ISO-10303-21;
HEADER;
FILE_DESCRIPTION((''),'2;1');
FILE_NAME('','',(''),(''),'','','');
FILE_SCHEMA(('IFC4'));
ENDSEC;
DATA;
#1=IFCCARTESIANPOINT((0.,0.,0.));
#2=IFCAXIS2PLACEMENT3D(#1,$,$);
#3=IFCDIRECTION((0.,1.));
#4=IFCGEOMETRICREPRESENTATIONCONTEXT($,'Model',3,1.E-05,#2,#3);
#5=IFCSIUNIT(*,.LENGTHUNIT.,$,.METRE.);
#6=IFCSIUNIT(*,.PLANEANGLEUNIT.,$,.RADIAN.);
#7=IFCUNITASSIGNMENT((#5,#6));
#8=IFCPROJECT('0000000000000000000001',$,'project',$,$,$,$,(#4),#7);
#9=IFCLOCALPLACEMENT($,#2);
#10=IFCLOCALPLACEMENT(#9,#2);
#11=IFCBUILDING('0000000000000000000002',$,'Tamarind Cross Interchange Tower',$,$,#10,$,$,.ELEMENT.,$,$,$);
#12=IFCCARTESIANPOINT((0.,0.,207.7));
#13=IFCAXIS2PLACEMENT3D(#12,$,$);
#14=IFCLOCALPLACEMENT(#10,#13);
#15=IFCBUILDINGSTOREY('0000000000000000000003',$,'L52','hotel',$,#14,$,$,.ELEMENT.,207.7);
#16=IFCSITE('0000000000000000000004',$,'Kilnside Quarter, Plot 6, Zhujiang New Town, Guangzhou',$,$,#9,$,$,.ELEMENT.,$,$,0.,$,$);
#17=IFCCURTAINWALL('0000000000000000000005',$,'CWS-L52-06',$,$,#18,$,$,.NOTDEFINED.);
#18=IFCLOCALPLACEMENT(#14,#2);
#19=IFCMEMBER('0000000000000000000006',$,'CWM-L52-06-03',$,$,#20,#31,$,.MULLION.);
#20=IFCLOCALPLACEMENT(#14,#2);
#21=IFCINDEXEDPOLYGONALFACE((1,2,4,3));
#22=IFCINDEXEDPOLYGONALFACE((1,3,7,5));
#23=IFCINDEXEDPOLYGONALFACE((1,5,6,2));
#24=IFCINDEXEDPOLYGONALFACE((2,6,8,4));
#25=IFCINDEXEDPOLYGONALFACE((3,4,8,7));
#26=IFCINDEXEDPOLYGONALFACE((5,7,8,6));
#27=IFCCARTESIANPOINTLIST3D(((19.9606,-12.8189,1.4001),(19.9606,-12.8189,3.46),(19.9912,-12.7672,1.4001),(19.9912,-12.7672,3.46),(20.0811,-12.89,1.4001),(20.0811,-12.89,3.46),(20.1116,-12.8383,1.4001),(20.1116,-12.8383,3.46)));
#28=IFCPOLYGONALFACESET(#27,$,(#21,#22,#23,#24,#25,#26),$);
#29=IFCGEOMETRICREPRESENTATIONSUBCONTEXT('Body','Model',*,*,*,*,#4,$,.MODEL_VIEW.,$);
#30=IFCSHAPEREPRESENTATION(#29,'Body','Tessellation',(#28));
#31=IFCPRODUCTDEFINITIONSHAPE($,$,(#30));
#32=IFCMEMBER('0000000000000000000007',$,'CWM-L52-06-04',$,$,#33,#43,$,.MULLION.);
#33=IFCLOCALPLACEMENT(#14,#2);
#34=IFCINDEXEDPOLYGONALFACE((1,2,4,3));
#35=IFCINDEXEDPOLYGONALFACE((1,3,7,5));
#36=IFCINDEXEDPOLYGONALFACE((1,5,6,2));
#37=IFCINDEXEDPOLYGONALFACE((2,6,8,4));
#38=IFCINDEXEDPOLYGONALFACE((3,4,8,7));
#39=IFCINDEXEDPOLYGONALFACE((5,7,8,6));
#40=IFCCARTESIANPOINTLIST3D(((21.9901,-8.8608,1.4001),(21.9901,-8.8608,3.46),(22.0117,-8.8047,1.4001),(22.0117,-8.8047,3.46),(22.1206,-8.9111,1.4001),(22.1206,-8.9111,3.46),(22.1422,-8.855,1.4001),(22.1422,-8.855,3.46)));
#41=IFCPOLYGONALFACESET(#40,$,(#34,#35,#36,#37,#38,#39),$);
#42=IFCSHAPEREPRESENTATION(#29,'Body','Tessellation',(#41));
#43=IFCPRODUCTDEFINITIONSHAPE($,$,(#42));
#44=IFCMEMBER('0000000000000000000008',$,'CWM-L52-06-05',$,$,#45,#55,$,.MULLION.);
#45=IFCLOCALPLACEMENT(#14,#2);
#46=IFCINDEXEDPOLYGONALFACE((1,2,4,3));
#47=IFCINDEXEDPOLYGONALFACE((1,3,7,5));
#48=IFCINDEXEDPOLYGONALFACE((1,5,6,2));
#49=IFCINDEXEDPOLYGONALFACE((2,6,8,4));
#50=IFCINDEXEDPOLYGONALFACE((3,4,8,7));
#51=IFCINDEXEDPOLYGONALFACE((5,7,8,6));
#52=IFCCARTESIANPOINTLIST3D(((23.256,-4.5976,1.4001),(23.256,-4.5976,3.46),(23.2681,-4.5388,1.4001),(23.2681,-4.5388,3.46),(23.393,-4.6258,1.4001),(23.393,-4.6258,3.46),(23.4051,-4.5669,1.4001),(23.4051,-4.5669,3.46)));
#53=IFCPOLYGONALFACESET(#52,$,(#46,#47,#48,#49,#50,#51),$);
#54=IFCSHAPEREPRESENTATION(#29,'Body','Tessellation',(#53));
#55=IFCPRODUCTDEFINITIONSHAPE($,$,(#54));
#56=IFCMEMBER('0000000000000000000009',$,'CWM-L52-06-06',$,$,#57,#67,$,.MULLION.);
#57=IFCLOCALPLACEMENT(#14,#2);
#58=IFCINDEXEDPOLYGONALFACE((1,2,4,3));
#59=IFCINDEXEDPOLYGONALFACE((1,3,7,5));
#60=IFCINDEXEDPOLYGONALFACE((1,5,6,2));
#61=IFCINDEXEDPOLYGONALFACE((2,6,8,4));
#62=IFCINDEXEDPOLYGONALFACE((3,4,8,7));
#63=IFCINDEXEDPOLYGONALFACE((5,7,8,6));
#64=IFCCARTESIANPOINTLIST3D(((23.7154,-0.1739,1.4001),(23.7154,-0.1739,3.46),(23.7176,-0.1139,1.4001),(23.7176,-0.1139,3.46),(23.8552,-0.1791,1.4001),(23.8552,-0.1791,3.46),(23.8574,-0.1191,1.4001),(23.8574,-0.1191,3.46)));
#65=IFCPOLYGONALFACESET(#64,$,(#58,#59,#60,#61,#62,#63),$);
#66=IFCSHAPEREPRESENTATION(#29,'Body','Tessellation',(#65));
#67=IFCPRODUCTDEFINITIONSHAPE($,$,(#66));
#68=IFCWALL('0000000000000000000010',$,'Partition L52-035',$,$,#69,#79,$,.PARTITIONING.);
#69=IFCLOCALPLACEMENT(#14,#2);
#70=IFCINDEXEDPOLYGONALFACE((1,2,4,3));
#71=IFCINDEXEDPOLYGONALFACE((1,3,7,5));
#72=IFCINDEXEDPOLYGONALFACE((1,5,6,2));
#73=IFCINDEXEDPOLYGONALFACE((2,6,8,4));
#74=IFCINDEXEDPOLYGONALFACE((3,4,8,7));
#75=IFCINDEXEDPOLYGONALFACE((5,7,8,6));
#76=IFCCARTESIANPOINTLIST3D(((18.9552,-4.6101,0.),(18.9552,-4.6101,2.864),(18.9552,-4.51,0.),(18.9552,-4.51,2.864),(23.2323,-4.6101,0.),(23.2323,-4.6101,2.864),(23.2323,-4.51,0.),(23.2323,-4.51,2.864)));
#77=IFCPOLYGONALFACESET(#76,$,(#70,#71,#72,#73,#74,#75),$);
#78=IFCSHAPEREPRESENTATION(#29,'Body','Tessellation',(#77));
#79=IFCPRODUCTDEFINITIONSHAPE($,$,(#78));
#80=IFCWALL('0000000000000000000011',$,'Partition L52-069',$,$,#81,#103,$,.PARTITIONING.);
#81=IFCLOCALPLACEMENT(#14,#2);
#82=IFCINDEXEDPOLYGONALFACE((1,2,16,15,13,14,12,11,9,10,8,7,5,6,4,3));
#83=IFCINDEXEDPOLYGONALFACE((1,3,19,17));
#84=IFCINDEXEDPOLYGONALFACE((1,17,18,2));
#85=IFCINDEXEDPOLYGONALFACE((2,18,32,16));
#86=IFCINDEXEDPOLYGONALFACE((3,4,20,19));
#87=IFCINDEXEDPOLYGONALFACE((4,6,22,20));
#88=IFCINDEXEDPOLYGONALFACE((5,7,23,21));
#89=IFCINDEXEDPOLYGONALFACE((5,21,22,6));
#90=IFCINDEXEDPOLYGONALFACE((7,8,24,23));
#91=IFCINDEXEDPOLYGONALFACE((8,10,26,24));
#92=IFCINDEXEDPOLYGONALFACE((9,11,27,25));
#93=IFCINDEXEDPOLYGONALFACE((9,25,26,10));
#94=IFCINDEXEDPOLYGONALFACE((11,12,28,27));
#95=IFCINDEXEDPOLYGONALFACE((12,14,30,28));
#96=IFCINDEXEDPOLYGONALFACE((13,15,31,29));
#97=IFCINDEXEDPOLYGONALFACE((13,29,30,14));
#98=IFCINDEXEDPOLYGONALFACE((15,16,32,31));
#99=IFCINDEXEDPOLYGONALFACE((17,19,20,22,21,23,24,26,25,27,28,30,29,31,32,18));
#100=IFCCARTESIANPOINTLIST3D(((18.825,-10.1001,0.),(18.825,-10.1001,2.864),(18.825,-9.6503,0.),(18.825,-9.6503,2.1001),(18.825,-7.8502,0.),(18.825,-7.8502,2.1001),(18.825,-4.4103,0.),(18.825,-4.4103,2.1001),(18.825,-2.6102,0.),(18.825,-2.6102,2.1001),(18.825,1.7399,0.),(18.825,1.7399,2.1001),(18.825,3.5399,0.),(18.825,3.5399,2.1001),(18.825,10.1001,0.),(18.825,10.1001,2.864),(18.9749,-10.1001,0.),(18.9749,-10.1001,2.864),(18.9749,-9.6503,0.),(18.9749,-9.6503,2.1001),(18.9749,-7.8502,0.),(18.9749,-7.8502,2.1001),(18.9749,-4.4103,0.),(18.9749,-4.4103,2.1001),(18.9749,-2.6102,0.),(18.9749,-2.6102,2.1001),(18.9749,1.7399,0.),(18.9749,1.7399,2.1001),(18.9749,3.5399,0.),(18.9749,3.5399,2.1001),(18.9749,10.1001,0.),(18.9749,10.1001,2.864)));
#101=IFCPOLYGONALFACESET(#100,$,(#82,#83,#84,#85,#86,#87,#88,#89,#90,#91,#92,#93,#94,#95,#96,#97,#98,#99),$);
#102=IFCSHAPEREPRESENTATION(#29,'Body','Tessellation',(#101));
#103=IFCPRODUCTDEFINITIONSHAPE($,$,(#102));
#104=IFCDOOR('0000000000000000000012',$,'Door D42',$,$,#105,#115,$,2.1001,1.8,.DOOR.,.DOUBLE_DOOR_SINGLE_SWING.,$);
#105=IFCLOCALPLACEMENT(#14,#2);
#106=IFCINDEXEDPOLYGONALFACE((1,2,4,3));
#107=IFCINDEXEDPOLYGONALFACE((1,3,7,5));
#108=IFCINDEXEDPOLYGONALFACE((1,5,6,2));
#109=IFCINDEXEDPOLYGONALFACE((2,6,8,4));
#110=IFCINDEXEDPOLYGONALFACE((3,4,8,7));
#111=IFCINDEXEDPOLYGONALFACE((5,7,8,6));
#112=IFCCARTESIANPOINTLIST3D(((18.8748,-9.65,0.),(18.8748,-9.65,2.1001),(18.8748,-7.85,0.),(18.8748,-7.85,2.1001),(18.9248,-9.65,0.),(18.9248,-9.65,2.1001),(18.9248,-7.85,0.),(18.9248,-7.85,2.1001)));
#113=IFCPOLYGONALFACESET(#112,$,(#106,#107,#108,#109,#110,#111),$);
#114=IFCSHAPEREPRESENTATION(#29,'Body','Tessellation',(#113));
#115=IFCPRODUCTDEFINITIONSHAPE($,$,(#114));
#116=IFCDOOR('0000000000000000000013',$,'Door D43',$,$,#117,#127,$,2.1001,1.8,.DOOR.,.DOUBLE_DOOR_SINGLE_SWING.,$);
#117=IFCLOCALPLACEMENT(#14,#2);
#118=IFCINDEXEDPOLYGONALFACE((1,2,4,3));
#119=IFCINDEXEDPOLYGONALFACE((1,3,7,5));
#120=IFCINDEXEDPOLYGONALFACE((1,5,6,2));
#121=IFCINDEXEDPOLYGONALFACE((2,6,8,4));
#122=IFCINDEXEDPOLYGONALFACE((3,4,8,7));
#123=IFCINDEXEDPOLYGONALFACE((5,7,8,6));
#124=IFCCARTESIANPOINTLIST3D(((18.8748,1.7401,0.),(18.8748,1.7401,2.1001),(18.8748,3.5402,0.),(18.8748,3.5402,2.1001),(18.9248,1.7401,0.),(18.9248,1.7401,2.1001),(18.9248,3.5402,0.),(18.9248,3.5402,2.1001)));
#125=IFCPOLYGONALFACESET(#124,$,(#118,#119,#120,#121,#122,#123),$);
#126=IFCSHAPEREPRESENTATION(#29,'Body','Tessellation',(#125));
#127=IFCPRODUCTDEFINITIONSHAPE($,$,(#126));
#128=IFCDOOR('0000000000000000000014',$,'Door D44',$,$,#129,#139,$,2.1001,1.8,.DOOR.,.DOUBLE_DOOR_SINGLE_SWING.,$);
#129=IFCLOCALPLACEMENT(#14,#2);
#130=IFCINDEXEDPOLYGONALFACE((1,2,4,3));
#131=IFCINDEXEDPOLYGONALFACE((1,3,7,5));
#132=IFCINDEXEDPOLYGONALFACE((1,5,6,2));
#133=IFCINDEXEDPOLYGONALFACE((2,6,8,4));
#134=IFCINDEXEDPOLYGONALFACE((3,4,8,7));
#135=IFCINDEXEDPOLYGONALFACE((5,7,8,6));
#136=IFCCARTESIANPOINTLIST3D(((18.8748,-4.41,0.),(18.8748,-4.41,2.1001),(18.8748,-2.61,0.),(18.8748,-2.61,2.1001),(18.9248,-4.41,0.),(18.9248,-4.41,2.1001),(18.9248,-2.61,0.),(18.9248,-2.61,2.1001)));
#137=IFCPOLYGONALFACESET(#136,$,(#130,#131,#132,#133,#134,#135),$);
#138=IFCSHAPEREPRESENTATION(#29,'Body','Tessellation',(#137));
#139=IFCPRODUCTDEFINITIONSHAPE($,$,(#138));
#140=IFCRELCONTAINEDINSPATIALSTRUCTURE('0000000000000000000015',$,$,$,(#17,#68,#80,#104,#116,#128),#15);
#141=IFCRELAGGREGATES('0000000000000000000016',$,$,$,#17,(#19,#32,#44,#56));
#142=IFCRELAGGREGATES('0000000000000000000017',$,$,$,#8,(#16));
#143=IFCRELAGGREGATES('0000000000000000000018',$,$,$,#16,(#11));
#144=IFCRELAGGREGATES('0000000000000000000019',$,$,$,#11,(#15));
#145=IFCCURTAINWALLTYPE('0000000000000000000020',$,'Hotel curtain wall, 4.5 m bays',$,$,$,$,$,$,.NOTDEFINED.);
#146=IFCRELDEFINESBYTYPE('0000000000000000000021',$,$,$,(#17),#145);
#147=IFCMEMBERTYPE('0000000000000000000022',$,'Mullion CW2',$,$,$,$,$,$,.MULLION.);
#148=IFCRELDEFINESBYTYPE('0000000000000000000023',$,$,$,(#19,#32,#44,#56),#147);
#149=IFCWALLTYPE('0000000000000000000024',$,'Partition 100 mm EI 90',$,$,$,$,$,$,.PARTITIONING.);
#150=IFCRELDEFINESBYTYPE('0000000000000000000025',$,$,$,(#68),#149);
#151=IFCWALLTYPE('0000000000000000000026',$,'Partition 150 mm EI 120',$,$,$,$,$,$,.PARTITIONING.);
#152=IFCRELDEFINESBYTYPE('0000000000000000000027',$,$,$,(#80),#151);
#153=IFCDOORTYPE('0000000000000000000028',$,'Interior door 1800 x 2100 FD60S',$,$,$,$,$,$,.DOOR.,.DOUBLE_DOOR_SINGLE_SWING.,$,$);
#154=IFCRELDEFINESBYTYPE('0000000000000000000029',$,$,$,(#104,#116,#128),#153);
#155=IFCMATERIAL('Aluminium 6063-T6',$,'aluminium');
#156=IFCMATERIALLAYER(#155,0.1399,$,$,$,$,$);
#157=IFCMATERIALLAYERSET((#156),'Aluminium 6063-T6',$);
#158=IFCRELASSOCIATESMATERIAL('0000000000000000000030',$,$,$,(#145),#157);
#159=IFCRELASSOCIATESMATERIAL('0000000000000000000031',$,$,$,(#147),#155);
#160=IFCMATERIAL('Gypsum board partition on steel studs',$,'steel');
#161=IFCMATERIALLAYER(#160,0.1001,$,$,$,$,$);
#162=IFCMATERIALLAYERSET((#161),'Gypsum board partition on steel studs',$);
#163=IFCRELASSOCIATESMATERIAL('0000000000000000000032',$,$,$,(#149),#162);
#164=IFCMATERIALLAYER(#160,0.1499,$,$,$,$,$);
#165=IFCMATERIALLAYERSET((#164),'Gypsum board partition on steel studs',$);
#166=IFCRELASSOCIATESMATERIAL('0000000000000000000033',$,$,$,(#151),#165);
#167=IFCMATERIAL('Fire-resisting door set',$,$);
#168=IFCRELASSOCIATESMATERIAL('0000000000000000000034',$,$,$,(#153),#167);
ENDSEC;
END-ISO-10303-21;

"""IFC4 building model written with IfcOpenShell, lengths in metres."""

from ifc_helpers import new_model, si_unit, direction, frame, frame_2d, origin, origin_2d, place, context, subcontext, project, spatial, rectangle, extrude, material, layer, layer_set, material_profile, profile_set, type_object, element, fill, aggregate, save


model = new_model("IFC4")

# Units and contexts
model_context = context("Model", 3, precision=1e-05, world=origin(), true_north=direction((0.0, 1.0)))
body_context = subcontext(model_context, "Body", "Model", "MODEL_VIEW")
ifc_project = project(units=[si_unit("LENGTHUNIT", "METRE"), si_unit("PLANEANGLEUNIT", "RADIAN")], contexts=[model_context])

# Site, building, storey
site_placement = place(None, origin())
site = spatial("IfcSite", under=ifc_project, at=site_placement, Name="Kilnside Quarter, Plot 6, Zhujiang New Town, Guangzhou", CompositionType="ELEMENT", RefElevation=0.0)
building_placement = place(site_placement, origin())
building = spatial("IfcBuilding", under=site, at=building_placement, Name="Tamarind Cross Interchange Tower", CompositionType="ELEMENT")
storey_placement = place(building_placement, frame((0.0, 0.0, 207.7)))
storey = spatial("IfcBuildingStorey", under=building, at=storey_placement, Name="L52", Description="hotel", CompositionType="ELEMENT", Elevation=207.7)

# Curtain wall, members
ifc_material_1 = material(Name="Aluminium 6063-T6", Category="aluminium")
ifc_layer_1 = layer(ifc_material_1, 0.1399)
ifc_layer_set_1 = layer_set([ifc_layer_1], Name="Aluminium 6063-T6")
curtain_wall_type = type_object("IfcCurtainWallType", Name="Hotel curtain wall, 4.5 m bays", PredefinedType="NOTDEFINED", material=ifc_layer_set_1)
curtain_wall_placement = place(storey_placement, origin())
curtain_wall = element("IfcCurtainWall", 1, at=curtain_wall_placement, inside=storey, type_object=curtain_wall_type, Name="CWS-L52-06", PredefinedType="NOTDEFINED")
ifc_material_profile_1 = material_profile(ifc_material_1, rectangle(XDim=0.0601, YDim=0.1399, at=origin_2d()), Name="Mullion CW2")
ifc_profile_set_1 = profile_set([ifc_material_profile_1], Name="Aluminium 6063-T6")
member_type = type_object("IfcMemberType", Name="Mullion CW2", PredefinedType="MULLION", material=ifc_profile_set_1)
member_1_placement = place(storey_placement, frame((20.0361, -12.8286, 1.4001), z_axis=(0.0, 0.0, 1.0), x_axis=(0.508183, 0.861249, 0.0)))
member_1 = element("IfcMember", 2, at=member_1_placement, type_object=member_type, Name="CWM-L52-06-03", PredefinedType="MULLION", context=body_context, shape_type="SweptSolid", body=[
    extrude(rectangle(XDim=0.0601, YDim=0.1399, at=origin_2d()), origin(), (0.0, 0.0, 1.0), 2.0598),
])
member_2_placement = place(storey_placement, frame((22.0662, -8.8579, 1.4001), z_axis=(0.0, 0.0, 1.0), x_axis=(0.359495, 0.933147, 0.0)))
member_2 = element("IfcMember", 3, at=member_2_placement, type_object=member_type, Name="CWM-L52-06-04", PredefinedType="MULLION", context=body_context, shape_type="SweptSolid", body=[
    extrude(rectangle(XDim=0.0601, YDim=0.1399, at=origin_2d()), origin(), (0.0, 0.0, 1.0), 2.0598),
])
member_3_placement = place(storey_placement, frame((23.3306, -4.5823, 1.4001), z_axis=(0.0, 0.0, 1.0), x_axis=(0.201001, 0.979591, 0.0)))
member_3 = element("IfcMember", 4, at=member_3_placement, type_object=member_type, Name="CWM-L52-06-05", PredefinedType="MULLION", context=body_context, shape_type="SweptSolid", body=[
    extrude(rectangle(XDim=0.0601, YDim=0.1399, at=origin_2d()), origin(), (0.0, 0.0, 1.0), 2.0598),
])
member_4_placement = place(storey_placement, frame((23.7864, -0.1465, 1.4001), z_axis=(0.0, 0.0, 1.0), x_axis=(0.037025, 0.999314, 0.0)))
member_4 = element("IfcMember", 5, at=member_4_placement, type_object=member_type, Name="CWM-L52-06-06", PredefinedType="MULLION", context=body_context, shape_type="SweptSolid", body=[
    extrude(rectangle(XDim=0.0601, YDim=0.1399, at=origin_2d()), origin(), (0.0, 0.0, 1.0), 2.0598),
])
aggregate(curtain_wall, [member_1, member_2, member_3, member_4])

# Wall
ifc_material_2 = material(Name="Gypsum board partition on steel studs", Category="steel")
ifc_layer_2 = layer(ifc_material_2, 0.1001)
ifc_layer_set_2 = layer_set([ifc_layer_2], Name="Gypsum board partition on steel studs")
wall_type_1 = type_object("IfcWallType", Name="Partition 100 mm EI 90", PredefinedType="PARTITIONING", material=ifc_layer_set_2)
wall_1_placement = place(storey_placement, frame((18.9551, -4.5601, 0.0), z_axis=(0.0, 0.0, 1.0), x_axis=(1.0, 0.0, 0.0)))
element("IfcWall", 6, at=wall_1_placement, inside=storey, type_object=wall_type_1, Name="Partition L52-035", PredefinedType="PARTITIONING", context=body_context, shape_type="SweptSolid", body=[
    extrude(rectangle(XDim=4.2771, YDim=0.1001, at=frame_2d((2.1387, 0.0))), origin(), (0.0, 0.0, 1.0), 2.864),
])

# Wall, openings, doors
ifc_layer_3 = layer(ifc_material_2, 0.1499)
ifc_layer_set_3 = layer_set([ifc_layer_3], Name="Gypsum board partition on steel studs")
wall_type_2 = type_object("IfcWallType", Name="Partition 150 mm EI 120", PredefinedType="PARTITIONING", material=ifc_layer_set_3)
wall_2_placement = place(storey_placement, frame((18.8999, -10.1001, 0.0), z_axis=(0.0, 0.0, 1.0), x_axis=(0.0, 1.0, 0.0)))
wall_2 = element("IfcWall", 7, at=wall_2_placement, inside=storey, type_object=wall_type_2, Name="Partition L52-069", PredefinedType="PARTITIONING", context=body_context, shape_type="SweptSolid", body=[
    extrude(rectangle(XDim=20.2002, YDim=0.1499, at=frame_2d((10.1001, 0.0))), origin(), (0.0, 0.0, 1.0), 2.864),
])
opening_1_placement = place(wall_2_placement, frame((0.45, 0.0, 0.0)))
opening_1 = element("IfcOpeningElement", 8, at=opening_1_placement, cuts=wall_2, PredefinedType="OPENING", context=body_context, shape_type="SweptSolid", body=[
    extrude(rectangle(XDim=1.8, YDim=2.1001, at=frame_2d((0.8999, 1.05))), frame((0.0, 0.085, 0.0), z_axis=(0.0, -1.0, 0.0), x_axis=(1.0, 0.0, 0.0)), (0.0, 0.0, 1.0), 0.1699),
])
opening_2_placement = place(wall_2_placement, frame((11.8401, 0.0, 0.0)))
opening_2 = element("IfcOpeningElement", 9, at=opening_2_placement, cuts=wall_2, PredefinedType="OPENING", context=body_context, shape_type="SweptSolid", body=[
    extrude(rectangle(XDim=1.8, YDim=2.1001, at=frame_2d((0.8999, 1.05))), frame((0.0, 0.085, 0.0), z_axis=(0.0, -1.0, 0.0), x_axis=(1.0, 0.0, 0.0)), (0.0, 0.0, 1.0), 0.1699),
])
opening_3_placement = place(wall_2_placement, frame((5.6899, 0.0, 0.0)))
opening_3 = element("IfcOpeningElement", 10, at=opening_3_placement, cuts=wall_2, PredefinedType="OPENING", context=body_context, shape_type="SweptSolid", body=[
    extrude(rectangle(XDim=1.8, YDim=2.1001, at=frame_2d((0.8999, 1.05))), frame((0.0, 0.085, 0.0), z_axis=(0.0, -1.0, 0.0), x_axis=(1.0, 0.0, 0.0)), (0.0, 0.0, 1.0), 0.1699),
])
ifc_material_3 = material(Name="Fire-resisting door set")
door_type = type_object("IfcDoorType", Name="Interior door 1800 x 2100 FD60S", OperationType="DOUBLE_DOOR_SINGLE_SWING", PredefinedType="DOOR", material=ifc_material_3)
door_1_placement = place(opening_1_placement, frame((1.8, 0.0, 0.0), z_axis=(0.0, 0.0, 1.0), x_axis=(-1.0, 0.0, 0.0)))
door_1 = element("IfcDoor", 11, at=door_1_placement, inside=storey, type_object=door_type, Name="Door D42", OperationType="DOUBLE_DOOR_SINGLE_SWING", OverallHeight=2.1001, OverallWidth=1.8, PredefinedType="DOOR", context=body_context, shape_type="SweptSolid", body=[
    extrude(rectangle(XDim=1.8, YDim=2.1001, at=frame_2d((0.8999, 1.05))), frame((0.0, 0.0249, 0.0), z_axis=(0.0, -1.0, 0.0), x_axis=(1.0, 0.0, 0.0)), (0.0, 0.0, 1.0), 0.05),
])
fill(opening_1, door_1)
door_2_placement = place(opening_2_placement, frame((1.8, 0.0, 0.0), z_axis=(0.0, 0.0, 1.0), x_axis=(-1.0, 0.0, 0.0)))
door_2 = element("IfcDoor", 12, at=door_2_placement, inside=storey, type_object=door_type, Name="Door D43", OperationType="DOUBLE_DOOR_SINGLE_SWING", OverallHeight=2.1001, OverallWidth=1.8, PredefinedType="DOOR", context=body_context, shape_type="SweptSolid", body=[
    extrude(rectangle(XDim=1.8, YDim=2.1001, at=frame_2d((0.8999, 1.05))), frame((0.0, 0.0249, 0.0), z_axis=(0.0, -1.0, 0.0), x_axis=(1.0, 0.0, 0.0)), (0.0, 0.0, 1.0), 0.05),
])
fill(opening_2, door_2)
door_3_placement = place(opening_3_placement, frame((1.8, 0.0, 0.0), z_axis=(0.0, 0.0, 1.0), x_axis=(-1.0, 0.0, 0.0)))
door_3 = element("IfcDoor", 13, at=door_3_placement, inside=storey, type_object=door_type, Name="Door D44", OperationType="DOUBLE_DOOR_SINGLE_SWING", OverallHeight=2.1001, OverallWidth=1.8, PredefinedType="DOOR", context=body_context, shape_type="SweptSolid", body=[
    extrude(rectangle(XDim=1.8, YDim=2.1001, at=frame_2d((0.8999, 1.05))), frame((0.0, 0.0249, 0.0), z_axis=(0.0, -1.0, 0.0), x_axis=(1.0, 0.0, 0.0)), (0.0, 0.0, 1.0), 0.05),
])
fill(opening_3, door_3)

save(model, "model.ifc")
